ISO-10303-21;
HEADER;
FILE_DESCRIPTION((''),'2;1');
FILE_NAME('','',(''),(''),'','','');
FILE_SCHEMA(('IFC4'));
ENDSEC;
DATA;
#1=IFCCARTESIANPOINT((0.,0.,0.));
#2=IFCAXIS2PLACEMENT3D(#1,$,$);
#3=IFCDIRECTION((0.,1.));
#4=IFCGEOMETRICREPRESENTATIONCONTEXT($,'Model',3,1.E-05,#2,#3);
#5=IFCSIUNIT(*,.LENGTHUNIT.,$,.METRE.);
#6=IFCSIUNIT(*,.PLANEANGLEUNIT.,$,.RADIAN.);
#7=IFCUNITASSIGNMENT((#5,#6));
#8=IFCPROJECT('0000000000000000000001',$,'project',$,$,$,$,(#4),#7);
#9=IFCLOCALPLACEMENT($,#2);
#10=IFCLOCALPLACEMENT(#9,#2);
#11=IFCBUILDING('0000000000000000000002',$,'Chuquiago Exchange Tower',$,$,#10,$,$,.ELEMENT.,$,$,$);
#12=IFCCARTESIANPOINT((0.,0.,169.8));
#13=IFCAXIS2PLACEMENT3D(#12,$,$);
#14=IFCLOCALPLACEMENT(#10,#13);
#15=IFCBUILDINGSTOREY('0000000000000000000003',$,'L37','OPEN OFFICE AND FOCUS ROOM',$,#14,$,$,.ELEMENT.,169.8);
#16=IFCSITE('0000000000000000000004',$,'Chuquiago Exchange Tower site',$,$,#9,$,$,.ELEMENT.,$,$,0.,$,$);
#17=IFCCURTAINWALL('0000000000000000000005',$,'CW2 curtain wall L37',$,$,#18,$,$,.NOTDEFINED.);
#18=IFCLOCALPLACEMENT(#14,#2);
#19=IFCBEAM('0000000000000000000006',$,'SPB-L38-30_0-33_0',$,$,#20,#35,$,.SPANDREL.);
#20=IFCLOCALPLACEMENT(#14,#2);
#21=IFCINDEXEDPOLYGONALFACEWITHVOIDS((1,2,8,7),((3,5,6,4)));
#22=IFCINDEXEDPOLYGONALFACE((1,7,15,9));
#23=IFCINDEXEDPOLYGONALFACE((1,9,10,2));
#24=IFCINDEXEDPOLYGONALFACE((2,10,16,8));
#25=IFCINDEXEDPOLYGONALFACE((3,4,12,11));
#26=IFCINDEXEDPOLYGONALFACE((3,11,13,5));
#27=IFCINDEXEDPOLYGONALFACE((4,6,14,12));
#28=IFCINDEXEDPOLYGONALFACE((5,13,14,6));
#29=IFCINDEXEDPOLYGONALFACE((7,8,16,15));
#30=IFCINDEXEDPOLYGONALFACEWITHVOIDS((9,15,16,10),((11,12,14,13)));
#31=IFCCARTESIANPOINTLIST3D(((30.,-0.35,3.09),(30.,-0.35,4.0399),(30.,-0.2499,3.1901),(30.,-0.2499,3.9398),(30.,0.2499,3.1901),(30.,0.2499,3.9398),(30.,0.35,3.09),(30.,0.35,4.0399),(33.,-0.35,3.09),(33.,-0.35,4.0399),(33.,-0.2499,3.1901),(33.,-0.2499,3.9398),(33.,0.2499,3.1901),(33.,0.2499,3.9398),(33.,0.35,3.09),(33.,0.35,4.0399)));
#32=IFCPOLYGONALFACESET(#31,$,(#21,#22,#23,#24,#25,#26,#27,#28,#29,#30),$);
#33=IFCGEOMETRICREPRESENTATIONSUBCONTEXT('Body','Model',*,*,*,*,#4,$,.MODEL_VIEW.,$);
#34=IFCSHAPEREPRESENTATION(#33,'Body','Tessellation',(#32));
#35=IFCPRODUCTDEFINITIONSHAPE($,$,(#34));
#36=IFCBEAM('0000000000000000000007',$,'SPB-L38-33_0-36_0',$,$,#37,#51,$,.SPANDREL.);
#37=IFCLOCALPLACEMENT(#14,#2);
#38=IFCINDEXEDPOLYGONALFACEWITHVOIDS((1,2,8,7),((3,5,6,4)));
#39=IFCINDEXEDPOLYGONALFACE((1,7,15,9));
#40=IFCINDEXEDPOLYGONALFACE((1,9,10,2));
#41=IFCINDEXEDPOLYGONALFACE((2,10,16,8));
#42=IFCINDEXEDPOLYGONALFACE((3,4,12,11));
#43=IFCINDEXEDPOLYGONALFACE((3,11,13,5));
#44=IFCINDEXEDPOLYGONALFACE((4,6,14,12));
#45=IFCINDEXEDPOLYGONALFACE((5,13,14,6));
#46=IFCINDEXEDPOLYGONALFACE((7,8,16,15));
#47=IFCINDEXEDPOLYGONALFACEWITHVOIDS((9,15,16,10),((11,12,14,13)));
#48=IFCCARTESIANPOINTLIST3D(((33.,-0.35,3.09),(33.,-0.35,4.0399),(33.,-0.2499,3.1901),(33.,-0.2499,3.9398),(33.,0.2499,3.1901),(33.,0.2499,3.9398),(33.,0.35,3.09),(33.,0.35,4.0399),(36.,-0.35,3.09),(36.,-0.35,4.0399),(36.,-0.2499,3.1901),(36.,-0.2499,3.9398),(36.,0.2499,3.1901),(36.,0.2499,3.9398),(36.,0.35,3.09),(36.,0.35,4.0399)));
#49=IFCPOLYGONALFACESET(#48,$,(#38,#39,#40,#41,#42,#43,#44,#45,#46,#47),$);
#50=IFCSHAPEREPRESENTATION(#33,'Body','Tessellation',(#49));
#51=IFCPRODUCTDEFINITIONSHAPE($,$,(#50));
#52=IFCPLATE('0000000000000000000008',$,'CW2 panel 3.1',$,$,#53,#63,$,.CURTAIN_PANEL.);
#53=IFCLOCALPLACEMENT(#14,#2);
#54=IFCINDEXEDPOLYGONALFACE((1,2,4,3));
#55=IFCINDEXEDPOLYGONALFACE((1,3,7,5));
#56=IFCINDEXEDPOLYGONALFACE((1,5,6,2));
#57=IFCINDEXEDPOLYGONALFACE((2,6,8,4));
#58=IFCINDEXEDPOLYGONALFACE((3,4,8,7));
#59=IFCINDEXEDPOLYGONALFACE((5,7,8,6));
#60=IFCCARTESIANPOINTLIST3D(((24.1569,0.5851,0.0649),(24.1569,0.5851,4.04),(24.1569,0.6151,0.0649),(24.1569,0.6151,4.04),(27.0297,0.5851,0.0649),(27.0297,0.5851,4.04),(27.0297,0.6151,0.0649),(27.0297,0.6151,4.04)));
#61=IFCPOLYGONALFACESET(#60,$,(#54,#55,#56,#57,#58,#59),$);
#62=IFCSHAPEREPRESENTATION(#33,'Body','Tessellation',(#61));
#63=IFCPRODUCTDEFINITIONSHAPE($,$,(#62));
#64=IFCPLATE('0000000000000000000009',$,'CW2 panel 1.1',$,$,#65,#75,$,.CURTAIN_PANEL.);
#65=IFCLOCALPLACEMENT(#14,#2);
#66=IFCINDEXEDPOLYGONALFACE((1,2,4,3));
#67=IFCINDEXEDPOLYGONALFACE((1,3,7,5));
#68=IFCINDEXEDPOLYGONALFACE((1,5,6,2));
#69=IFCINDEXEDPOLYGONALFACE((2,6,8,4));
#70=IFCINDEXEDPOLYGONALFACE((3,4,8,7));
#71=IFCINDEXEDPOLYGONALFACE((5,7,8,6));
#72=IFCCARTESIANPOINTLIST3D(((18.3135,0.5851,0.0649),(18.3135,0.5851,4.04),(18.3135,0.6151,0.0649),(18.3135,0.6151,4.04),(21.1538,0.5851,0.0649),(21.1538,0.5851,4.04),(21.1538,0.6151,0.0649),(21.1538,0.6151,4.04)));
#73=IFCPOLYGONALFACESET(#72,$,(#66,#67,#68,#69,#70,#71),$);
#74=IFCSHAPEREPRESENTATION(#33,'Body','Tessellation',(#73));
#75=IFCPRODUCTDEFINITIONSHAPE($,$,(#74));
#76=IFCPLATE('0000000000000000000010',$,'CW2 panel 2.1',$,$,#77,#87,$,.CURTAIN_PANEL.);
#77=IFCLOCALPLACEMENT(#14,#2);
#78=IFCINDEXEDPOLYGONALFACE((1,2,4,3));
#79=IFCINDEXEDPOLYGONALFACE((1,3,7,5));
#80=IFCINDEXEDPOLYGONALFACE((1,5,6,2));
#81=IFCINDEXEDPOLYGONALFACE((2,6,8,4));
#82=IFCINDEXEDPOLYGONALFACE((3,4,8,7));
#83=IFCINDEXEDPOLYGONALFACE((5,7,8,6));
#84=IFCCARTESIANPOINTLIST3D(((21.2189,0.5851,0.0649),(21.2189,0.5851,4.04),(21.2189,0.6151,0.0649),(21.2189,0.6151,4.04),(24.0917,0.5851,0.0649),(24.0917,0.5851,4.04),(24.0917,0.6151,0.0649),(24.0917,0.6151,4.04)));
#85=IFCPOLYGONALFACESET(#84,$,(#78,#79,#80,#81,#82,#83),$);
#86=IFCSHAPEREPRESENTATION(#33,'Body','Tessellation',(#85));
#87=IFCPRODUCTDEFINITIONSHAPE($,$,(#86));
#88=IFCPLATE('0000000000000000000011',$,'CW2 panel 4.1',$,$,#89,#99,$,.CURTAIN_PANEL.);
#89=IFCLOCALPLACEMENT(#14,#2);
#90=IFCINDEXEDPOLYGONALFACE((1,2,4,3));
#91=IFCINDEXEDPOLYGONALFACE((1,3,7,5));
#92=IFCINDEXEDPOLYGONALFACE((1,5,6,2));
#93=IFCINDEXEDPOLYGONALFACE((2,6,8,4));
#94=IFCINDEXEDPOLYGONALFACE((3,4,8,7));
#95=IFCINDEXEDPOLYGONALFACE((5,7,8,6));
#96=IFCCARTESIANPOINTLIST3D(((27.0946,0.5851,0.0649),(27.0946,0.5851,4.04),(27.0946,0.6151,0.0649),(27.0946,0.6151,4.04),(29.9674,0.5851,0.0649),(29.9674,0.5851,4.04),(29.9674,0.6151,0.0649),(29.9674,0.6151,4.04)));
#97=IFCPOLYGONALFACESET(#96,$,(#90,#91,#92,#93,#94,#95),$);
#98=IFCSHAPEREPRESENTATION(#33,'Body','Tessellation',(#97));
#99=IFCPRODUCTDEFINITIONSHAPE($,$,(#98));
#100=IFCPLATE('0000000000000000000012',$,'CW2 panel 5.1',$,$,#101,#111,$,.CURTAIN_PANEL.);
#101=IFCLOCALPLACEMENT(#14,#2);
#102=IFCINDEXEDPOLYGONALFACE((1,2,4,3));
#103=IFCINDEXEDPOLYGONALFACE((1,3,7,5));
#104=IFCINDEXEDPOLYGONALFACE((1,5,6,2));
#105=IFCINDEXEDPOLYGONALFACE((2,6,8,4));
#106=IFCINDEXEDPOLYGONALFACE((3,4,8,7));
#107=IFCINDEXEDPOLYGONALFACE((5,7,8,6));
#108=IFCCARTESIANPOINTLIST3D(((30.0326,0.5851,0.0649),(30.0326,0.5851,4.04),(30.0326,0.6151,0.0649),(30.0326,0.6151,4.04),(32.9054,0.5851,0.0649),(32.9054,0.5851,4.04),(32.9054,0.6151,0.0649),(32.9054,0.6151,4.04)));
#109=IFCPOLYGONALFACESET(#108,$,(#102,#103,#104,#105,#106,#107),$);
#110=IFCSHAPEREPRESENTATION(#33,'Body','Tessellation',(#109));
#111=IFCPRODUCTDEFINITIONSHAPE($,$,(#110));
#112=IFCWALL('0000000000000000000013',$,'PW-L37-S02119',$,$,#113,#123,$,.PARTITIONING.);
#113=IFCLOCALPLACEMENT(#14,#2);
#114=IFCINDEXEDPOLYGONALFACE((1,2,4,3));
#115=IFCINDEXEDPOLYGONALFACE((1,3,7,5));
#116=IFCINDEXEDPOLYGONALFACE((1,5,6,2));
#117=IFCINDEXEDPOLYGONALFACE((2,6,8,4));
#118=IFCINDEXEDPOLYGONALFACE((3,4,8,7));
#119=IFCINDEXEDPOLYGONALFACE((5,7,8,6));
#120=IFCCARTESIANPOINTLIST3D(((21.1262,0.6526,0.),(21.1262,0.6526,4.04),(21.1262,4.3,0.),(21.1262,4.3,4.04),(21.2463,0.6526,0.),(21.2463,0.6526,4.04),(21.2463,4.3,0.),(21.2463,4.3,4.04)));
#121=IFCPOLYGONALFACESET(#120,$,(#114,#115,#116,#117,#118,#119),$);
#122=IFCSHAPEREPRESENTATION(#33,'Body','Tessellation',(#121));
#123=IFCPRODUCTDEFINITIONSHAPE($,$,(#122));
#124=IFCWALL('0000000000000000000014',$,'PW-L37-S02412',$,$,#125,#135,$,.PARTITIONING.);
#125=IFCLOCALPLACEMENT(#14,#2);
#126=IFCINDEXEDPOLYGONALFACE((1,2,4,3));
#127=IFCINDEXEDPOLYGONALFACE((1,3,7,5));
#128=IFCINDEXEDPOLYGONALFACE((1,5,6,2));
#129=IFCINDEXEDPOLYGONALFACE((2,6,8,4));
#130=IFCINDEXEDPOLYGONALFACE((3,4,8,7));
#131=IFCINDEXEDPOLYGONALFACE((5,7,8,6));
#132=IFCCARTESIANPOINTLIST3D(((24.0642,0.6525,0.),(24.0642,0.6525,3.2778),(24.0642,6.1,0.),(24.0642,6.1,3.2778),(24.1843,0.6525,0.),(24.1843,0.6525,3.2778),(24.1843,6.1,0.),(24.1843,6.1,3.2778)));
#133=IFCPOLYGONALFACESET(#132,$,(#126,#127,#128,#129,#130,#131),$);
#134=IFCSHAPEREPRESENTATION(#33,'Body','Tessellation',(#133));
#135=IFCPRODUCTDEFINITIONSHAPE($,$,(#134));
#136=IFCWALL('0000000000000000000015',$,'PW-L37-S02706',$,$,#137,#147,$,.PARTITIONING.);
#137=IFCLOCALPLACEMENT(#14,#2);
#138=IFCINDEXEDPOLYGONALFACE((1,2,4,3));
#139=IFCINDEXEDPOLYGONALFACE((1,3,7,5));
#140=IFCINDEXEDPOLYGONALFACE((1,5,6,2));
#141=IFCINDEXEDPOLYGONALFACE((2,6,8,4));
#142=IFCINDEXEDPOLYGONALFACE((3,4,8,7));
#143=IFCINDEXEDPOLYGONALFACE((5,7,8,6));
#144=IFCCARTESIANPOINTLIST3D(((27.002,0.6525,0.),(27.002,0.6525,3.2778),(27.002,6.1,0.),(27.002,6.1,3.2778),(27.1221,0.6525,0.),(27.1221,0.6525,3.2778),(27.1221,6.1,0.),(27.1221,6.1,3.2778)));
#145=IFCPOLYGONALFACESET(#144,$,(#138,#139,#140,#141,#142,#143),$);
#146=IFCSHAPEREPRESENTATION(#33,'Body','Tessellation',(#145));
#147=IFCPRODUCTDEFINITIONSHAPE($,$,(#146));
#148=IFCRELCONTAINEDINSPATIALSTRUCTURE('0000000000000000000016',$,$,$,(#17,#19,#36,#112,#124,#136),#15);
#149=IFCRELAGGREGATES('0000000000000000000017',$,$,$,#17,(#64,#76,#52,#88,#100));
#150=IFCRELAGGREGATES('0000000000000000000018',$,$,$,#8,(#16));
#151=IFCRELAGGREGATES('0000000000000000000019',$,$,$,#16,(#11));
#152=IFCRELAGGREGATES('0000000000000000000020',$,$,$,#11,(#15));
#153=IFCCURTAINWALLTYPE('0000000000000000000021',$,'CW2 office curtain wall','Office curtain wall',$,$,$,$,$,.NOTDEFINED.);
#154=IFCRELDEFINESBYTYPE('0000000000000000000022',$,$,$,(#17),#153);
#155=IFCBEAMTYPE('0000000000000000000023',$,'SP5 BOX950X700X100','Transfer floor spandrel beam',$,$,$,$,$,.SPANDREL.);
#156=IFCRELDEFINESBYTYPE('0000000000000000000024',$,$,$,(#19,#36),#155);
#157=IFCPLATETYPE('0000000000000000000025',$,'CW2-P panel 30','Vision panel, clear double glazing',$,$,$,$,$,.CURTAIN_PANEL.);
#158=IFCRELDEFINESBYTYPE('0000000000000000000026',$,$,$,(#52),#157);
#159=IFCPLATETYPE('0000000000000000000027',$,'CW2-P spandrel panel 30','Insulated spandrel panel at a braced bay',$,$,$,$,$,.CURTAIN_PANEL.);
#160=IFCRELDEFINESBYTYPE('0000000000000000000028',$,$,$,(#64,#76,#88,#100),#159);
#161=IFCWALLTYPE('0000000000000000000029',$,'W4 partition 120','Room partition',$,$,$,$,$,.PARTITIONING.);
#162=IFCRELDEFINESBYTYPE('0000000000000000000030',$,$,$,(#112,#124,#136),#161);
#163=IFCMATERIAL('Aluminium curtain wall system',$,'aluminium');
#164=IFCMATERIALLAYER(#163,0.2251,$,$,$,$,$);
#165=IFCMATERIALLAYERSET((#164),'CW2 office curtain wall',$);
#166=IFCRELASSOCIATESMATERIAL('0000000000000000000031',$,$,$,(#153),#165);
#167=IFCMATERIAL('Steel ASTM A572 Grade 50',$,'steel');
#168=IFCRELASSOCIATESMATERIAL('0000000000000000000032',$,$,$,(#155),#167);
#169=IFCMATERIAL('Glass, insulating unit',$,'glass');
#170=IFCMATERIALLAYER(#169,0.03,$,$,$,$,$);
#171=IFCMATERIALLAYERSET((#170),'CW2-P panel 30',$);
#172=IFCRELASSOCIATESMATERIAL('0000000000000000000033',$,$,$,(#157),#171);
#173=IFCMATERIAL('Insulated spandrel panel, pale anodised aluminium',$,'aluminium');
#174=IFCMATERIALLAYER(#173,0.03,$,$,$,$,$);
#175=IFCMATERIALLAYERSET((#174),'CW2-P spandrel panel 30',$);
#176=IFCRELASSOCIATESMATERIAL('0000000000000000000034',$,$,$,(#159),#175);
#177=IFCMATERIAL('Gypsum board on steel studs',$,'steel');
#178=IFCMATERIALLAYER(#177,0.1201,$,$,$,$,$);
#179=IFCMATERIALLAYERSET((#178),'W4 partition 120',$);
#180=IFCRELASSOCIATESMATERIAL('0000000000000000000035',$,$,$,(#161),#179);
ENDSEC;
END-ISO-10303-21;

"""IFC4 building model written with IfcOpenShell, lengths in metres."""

from ifc_helpers import new_model, si_unit, direction, frame, frame_2d, origin, origin_2d, place, context, subcontext, project, spatial, rectangle, hollow_rectangle, extrude, material, layer, layer_set, material_profile, profile_set, type_object, element, aggregate, save


model = new_model("IFC4")

# Units and contexts
model_context = context("Model", 3, precision=1e-05, world=origin(), true_north=direction((0.0, 1.0)))
body_context = subcontext(model_context, "Body", "Model", "MODEL_VIEW")
ifc_project = project(units=[si_unit("LENGTHUNIT", "METRE"), si_unit("PLANEANGLEUNIT", "RADIAN")], contexts=[model_context])

# Site, building, storey
site_placement = place(None, origin())
site = spatial("IfcSite", under=ifc_project, at=site_placement, Name="Chuquiago Exchange Tower site", CompositionType="ELEMENT", RefElevation=0.0)
building_placement = place(site_placement, origin())
building = spatial("IfcBuilding", under=site, at=building_placement, Name="Chuquiago Exchange Tower", CompositionType="ELEMENT")
storey_placement = place(building_placement, frame((0.0, 0.0, 169.8)))
storey = spatial("IfcBuildingStorey", under=building, at=storey_placement, Name="L37", Description="OPEN OFFICE AND FOCUS ROOM", CompositionType="ELEMENT", Elevation=169.8)

# Curtain wall
ifc_material_1 = material(Name="Aluminium curtain wall system", Category="aluminium")
ifc_layer_1 = layer(ifc_material_1, 0.2251)
ifc_layer_set_1 = layer_set([ifc_layer_1], Name="CW2 office curtain wall")
curtain_wall_type_1 = type_object("IfcCurtainWallType", Name="CW2 office curtain wall", Description="Office curtain wall", PredefinedType="NOTDEFINED", material=ifc_layer_set_1)
curtain_wall_1_placement = place(storey_placement, origin())
curtain_wall_1 = element("IfcCurtainWall", 1, at=curtain_wall_1_placement, inside=storey, type_object=curtain_wall_type_1, Name="CW2 curtain wall L37", PredefinedType="NOTDEFINED")

# Beams
ifc_material_2 = material(Name="Steel ASTM A572 Grade 50", Category="steel")
ifc_material_profile_1 = material_profile(ifc_material_2, hollow_rectangle(XDim=0.7, YDim=0.95, WallThickness=0.1001, at=origin_2d()), Name="BOX950X700X100")
ifc_profile_set_1 = profile_set([ifc_material_profile_1], Name="Steel ASTM A572 Grade 50")
beam_type = type_object("IfcBeamType", Name="SP5 BOX950X700X100", Description="Transfer floor spandrel beam", PredefinedType="SPANDREL", material=ifc_profile_set_1)
for number, where, z_axis, x_axis, name in (
    (2, (30.0, 0.0, 3.5649), (1.0, 0.0, 0.0), (0.0, 1.0, 0.0), "SPB-L38-30_0-33_0"),
    (3, (33.0, 0.0, 3.5649), (1.0, 0.0, 0.0), (0.0, 1.0, 0.0), "SPB-L38-33_0-36_0"),
):
    element("IfcBeam", number, at=place(storey_placement, frame(where, z_axis=z_axis, x_axis=x_axis)), inside=storey, type_object=beam_type, Name=name, PredefinedType="SPANDREL", context=body_context, shape_type="SweptSolid", body=[
        extrude(hollow_rectangle(XDim=0.7, YDim=0.95, WallThickness=0.1001, at=origin_2d()), origin(), (0.0, 0.0, 1.0), 3.0),
    ])

# Plates
ifc_material_3 = material(Name="Glass, insulating unit", Category="glass")
ifc_layer_2 = layer(ifc_material_3, 0.03)
ifc_layer_set_2 = layer_set([ifc_layer_2], Name="CW2-P panel 30")
plate_type_1 = type_object("IfcPlateType", Name="CW2-P panel 30", Description="Vision panel, clear double glazing", PredefinedType="CURTAIN_PANEL", material=ifc_layer_set_2)
plate_1_placement = place(storey_placement, frame((25.5933, 0.6001, 0.0649), z_axis=(0.0, 0.0, 1.0), x_axis=(1.0, 0.0, 0.0)))
plate_1 = element("IfcPlate", 4, at=plate_1_placement, type_object=plate_type_1, Name="CW2 panel 3.1", PredefinedType="CURTAIN_PANEL", context=body_context, shape_type="SweptSolid", body=[
    extrude(rectangle(XDim=2.8728, YDim=0.03, at=origin_2d()), origin(), (0.0, 0.0, 1.0), 3.9751),
])
ifc_material_4 = material(Name="Insulated spandrel panel, pale anodised aluminium", Category="aluminium")
ifc_layer_3 = layer(ifc_material_4, 0.03)
ifc_layer_set_3 = layer_set([ifc_layer_3], Name="CW2-P spandrel panel 30")
plate_type_2 = type_object("IfcPlateType", Name="CW2-P spandrel panel 30", Description="Insulated spandrel panel at a braced bay", PredefinedType="CURTAIN_PANEL", material=ifc_layer_set_3)
plate_2_placement = place(storey_placement, frame((19.7336, 0.6001, 0.0649), z_axis=(0.0, 0.0, 1.0), x_axis=(1.0, 0.0, 0.0)))
plate_2 = element("IfcPlate", 5, at=plate_2_placement, type_object=plate_type_2, Name="CW2 panel 1.1", PredefinedType="CURTAIN_PANEL", context=body_context, shape_type="SweptSolid", body=[
    extrude(rectangle(XDim=2.8403, YDim=0.03, at=origin_2d()), origin(), (0.0, 0.0, 1.0), 3.9751),
])
plate_3_placement = place(storey_placement, frame((22.6553, 0.6001, 0.0649), z_axis=(0.0, 0.0, 1.0), x_axis=(1.0, 0.0, 0.0)))
plate_3 = element("IfcPlate", 6, at=plate_3_placement, type_object=plate_type_2, Name="CW2 panel 2.1", PredefinedType="CURTAIN_PANEL", context=body_context, shape_type="SweptSolid", body=[
    extrude(rectangle(XDim=2.8728, YDim=0.03, at=origin_2d()), origin(), (0.0, 0.0, 1.0), 3.9751),
])
plate_4_placement = place(storey_placement, frame((28.531, 0.6001, 0.0649), z_axis=(0.0, 0.0, 1.0), x_axis=(1.0, 0.0, 0.0)))
plate_4 = element("IfcPlate", 7, at=plate_4_placement, type_object=plate_type_2, Name="CW2 panel 4.1", PredefinedType="CURTAIN_PANEL", context=body_context, shape_type="SweptSolid", body=[
    extrude(rectangle(XDim=2.8728, YDim=0.03, at=origin_2d()), origin(), (0.0, 0.0, 1.0), 3.9751),
])
plate_5_placement = place(storey_placement, frame((31.469, 0.6001, 0.0649), z_axis=(0.0, 0.0, 1.0), x_axis=(1.0, 0.0, 0.0)))
plate_5 = element("IfcPlate", 8, at=plate_5_placement, type_object=plate_type_2, Name="CW2 panel 5.1", PredefinedType="CURTAIN_PANEL", context=body_context, shape_type="SweptSolid", body=[
    extrude(rectangle(XDim=2.8728, YDim=0.03, at=origin_2d()), origin(), (0.0, 0.0, 1.0), 3.9751),
])
aggregate(curtain_wall_1, [plate_2, plate_3, plate_1, plate_4, plate_5])

# Walls
ifc_material_5 = material(Name="Gypsum board on steel studs", Category="steel")
ifc_layer_4 = layer(ifc_material_5, 0.1201)
ifc_layer_set_4 = layer_set([ifc_layer_4], Name="W4 partition 120")
wall_type = type_object("IfcWallType", Name="W4 partition 120", Description="Room partition", PredefinedType="PARTITIONING", material=ifc_layer_set_4)
wall_placement = place(storey_placement, frame((21.1863, 0.6526, 0.0), z_axis=(0.0, 0.0, 1.0), x_axis=(0.0, 1.0, 0.0)))
element("IfcWall", 9, at=wall_placement, inside=storey, type_object=wall_type, Name="PW-L37-S02119", PredefinedType="PARTITIONING", context=body_context, shape_type="SweptSolid", body=[
    extrude(rectangle(XDim=3.6475, YDim=0.1201, at=frame_2d((1.8237, 0.0))), origin(), (0.0, 0.0, 1.0), 4.04),
])
for number, where, z_axis, x_axis, name in (
    (10, (24.1243, 0.6526, 0.0), (0.0, 0.0, 1.0), (0.0, 1.0, 0.0), "PW-L37-S02412"),
    (11, (27.062, 0.6526, 0.0), (0.0, 0.0, 1.0), (0.0, 1.0, 0.0), "PW-L37-S02706"),
):
    element("IfcWall", number, at=place(storey_placement, frame(where, z_axis=z_axis, x_axis=x_axis)), inside=storey, type_object=wall_type, Name=name, PredefinedType="PARTITIONING", context=body_context, shape_type="SweptSolid", body=[
        extrude(rectangle(XDim=5.4475, YDim=0.1201, at=frame_2d((2.7236, 0.0))), origin(), (0.0, 0.0, 1.0), 3.2778),
    ])

save(model, "model.ifc")
